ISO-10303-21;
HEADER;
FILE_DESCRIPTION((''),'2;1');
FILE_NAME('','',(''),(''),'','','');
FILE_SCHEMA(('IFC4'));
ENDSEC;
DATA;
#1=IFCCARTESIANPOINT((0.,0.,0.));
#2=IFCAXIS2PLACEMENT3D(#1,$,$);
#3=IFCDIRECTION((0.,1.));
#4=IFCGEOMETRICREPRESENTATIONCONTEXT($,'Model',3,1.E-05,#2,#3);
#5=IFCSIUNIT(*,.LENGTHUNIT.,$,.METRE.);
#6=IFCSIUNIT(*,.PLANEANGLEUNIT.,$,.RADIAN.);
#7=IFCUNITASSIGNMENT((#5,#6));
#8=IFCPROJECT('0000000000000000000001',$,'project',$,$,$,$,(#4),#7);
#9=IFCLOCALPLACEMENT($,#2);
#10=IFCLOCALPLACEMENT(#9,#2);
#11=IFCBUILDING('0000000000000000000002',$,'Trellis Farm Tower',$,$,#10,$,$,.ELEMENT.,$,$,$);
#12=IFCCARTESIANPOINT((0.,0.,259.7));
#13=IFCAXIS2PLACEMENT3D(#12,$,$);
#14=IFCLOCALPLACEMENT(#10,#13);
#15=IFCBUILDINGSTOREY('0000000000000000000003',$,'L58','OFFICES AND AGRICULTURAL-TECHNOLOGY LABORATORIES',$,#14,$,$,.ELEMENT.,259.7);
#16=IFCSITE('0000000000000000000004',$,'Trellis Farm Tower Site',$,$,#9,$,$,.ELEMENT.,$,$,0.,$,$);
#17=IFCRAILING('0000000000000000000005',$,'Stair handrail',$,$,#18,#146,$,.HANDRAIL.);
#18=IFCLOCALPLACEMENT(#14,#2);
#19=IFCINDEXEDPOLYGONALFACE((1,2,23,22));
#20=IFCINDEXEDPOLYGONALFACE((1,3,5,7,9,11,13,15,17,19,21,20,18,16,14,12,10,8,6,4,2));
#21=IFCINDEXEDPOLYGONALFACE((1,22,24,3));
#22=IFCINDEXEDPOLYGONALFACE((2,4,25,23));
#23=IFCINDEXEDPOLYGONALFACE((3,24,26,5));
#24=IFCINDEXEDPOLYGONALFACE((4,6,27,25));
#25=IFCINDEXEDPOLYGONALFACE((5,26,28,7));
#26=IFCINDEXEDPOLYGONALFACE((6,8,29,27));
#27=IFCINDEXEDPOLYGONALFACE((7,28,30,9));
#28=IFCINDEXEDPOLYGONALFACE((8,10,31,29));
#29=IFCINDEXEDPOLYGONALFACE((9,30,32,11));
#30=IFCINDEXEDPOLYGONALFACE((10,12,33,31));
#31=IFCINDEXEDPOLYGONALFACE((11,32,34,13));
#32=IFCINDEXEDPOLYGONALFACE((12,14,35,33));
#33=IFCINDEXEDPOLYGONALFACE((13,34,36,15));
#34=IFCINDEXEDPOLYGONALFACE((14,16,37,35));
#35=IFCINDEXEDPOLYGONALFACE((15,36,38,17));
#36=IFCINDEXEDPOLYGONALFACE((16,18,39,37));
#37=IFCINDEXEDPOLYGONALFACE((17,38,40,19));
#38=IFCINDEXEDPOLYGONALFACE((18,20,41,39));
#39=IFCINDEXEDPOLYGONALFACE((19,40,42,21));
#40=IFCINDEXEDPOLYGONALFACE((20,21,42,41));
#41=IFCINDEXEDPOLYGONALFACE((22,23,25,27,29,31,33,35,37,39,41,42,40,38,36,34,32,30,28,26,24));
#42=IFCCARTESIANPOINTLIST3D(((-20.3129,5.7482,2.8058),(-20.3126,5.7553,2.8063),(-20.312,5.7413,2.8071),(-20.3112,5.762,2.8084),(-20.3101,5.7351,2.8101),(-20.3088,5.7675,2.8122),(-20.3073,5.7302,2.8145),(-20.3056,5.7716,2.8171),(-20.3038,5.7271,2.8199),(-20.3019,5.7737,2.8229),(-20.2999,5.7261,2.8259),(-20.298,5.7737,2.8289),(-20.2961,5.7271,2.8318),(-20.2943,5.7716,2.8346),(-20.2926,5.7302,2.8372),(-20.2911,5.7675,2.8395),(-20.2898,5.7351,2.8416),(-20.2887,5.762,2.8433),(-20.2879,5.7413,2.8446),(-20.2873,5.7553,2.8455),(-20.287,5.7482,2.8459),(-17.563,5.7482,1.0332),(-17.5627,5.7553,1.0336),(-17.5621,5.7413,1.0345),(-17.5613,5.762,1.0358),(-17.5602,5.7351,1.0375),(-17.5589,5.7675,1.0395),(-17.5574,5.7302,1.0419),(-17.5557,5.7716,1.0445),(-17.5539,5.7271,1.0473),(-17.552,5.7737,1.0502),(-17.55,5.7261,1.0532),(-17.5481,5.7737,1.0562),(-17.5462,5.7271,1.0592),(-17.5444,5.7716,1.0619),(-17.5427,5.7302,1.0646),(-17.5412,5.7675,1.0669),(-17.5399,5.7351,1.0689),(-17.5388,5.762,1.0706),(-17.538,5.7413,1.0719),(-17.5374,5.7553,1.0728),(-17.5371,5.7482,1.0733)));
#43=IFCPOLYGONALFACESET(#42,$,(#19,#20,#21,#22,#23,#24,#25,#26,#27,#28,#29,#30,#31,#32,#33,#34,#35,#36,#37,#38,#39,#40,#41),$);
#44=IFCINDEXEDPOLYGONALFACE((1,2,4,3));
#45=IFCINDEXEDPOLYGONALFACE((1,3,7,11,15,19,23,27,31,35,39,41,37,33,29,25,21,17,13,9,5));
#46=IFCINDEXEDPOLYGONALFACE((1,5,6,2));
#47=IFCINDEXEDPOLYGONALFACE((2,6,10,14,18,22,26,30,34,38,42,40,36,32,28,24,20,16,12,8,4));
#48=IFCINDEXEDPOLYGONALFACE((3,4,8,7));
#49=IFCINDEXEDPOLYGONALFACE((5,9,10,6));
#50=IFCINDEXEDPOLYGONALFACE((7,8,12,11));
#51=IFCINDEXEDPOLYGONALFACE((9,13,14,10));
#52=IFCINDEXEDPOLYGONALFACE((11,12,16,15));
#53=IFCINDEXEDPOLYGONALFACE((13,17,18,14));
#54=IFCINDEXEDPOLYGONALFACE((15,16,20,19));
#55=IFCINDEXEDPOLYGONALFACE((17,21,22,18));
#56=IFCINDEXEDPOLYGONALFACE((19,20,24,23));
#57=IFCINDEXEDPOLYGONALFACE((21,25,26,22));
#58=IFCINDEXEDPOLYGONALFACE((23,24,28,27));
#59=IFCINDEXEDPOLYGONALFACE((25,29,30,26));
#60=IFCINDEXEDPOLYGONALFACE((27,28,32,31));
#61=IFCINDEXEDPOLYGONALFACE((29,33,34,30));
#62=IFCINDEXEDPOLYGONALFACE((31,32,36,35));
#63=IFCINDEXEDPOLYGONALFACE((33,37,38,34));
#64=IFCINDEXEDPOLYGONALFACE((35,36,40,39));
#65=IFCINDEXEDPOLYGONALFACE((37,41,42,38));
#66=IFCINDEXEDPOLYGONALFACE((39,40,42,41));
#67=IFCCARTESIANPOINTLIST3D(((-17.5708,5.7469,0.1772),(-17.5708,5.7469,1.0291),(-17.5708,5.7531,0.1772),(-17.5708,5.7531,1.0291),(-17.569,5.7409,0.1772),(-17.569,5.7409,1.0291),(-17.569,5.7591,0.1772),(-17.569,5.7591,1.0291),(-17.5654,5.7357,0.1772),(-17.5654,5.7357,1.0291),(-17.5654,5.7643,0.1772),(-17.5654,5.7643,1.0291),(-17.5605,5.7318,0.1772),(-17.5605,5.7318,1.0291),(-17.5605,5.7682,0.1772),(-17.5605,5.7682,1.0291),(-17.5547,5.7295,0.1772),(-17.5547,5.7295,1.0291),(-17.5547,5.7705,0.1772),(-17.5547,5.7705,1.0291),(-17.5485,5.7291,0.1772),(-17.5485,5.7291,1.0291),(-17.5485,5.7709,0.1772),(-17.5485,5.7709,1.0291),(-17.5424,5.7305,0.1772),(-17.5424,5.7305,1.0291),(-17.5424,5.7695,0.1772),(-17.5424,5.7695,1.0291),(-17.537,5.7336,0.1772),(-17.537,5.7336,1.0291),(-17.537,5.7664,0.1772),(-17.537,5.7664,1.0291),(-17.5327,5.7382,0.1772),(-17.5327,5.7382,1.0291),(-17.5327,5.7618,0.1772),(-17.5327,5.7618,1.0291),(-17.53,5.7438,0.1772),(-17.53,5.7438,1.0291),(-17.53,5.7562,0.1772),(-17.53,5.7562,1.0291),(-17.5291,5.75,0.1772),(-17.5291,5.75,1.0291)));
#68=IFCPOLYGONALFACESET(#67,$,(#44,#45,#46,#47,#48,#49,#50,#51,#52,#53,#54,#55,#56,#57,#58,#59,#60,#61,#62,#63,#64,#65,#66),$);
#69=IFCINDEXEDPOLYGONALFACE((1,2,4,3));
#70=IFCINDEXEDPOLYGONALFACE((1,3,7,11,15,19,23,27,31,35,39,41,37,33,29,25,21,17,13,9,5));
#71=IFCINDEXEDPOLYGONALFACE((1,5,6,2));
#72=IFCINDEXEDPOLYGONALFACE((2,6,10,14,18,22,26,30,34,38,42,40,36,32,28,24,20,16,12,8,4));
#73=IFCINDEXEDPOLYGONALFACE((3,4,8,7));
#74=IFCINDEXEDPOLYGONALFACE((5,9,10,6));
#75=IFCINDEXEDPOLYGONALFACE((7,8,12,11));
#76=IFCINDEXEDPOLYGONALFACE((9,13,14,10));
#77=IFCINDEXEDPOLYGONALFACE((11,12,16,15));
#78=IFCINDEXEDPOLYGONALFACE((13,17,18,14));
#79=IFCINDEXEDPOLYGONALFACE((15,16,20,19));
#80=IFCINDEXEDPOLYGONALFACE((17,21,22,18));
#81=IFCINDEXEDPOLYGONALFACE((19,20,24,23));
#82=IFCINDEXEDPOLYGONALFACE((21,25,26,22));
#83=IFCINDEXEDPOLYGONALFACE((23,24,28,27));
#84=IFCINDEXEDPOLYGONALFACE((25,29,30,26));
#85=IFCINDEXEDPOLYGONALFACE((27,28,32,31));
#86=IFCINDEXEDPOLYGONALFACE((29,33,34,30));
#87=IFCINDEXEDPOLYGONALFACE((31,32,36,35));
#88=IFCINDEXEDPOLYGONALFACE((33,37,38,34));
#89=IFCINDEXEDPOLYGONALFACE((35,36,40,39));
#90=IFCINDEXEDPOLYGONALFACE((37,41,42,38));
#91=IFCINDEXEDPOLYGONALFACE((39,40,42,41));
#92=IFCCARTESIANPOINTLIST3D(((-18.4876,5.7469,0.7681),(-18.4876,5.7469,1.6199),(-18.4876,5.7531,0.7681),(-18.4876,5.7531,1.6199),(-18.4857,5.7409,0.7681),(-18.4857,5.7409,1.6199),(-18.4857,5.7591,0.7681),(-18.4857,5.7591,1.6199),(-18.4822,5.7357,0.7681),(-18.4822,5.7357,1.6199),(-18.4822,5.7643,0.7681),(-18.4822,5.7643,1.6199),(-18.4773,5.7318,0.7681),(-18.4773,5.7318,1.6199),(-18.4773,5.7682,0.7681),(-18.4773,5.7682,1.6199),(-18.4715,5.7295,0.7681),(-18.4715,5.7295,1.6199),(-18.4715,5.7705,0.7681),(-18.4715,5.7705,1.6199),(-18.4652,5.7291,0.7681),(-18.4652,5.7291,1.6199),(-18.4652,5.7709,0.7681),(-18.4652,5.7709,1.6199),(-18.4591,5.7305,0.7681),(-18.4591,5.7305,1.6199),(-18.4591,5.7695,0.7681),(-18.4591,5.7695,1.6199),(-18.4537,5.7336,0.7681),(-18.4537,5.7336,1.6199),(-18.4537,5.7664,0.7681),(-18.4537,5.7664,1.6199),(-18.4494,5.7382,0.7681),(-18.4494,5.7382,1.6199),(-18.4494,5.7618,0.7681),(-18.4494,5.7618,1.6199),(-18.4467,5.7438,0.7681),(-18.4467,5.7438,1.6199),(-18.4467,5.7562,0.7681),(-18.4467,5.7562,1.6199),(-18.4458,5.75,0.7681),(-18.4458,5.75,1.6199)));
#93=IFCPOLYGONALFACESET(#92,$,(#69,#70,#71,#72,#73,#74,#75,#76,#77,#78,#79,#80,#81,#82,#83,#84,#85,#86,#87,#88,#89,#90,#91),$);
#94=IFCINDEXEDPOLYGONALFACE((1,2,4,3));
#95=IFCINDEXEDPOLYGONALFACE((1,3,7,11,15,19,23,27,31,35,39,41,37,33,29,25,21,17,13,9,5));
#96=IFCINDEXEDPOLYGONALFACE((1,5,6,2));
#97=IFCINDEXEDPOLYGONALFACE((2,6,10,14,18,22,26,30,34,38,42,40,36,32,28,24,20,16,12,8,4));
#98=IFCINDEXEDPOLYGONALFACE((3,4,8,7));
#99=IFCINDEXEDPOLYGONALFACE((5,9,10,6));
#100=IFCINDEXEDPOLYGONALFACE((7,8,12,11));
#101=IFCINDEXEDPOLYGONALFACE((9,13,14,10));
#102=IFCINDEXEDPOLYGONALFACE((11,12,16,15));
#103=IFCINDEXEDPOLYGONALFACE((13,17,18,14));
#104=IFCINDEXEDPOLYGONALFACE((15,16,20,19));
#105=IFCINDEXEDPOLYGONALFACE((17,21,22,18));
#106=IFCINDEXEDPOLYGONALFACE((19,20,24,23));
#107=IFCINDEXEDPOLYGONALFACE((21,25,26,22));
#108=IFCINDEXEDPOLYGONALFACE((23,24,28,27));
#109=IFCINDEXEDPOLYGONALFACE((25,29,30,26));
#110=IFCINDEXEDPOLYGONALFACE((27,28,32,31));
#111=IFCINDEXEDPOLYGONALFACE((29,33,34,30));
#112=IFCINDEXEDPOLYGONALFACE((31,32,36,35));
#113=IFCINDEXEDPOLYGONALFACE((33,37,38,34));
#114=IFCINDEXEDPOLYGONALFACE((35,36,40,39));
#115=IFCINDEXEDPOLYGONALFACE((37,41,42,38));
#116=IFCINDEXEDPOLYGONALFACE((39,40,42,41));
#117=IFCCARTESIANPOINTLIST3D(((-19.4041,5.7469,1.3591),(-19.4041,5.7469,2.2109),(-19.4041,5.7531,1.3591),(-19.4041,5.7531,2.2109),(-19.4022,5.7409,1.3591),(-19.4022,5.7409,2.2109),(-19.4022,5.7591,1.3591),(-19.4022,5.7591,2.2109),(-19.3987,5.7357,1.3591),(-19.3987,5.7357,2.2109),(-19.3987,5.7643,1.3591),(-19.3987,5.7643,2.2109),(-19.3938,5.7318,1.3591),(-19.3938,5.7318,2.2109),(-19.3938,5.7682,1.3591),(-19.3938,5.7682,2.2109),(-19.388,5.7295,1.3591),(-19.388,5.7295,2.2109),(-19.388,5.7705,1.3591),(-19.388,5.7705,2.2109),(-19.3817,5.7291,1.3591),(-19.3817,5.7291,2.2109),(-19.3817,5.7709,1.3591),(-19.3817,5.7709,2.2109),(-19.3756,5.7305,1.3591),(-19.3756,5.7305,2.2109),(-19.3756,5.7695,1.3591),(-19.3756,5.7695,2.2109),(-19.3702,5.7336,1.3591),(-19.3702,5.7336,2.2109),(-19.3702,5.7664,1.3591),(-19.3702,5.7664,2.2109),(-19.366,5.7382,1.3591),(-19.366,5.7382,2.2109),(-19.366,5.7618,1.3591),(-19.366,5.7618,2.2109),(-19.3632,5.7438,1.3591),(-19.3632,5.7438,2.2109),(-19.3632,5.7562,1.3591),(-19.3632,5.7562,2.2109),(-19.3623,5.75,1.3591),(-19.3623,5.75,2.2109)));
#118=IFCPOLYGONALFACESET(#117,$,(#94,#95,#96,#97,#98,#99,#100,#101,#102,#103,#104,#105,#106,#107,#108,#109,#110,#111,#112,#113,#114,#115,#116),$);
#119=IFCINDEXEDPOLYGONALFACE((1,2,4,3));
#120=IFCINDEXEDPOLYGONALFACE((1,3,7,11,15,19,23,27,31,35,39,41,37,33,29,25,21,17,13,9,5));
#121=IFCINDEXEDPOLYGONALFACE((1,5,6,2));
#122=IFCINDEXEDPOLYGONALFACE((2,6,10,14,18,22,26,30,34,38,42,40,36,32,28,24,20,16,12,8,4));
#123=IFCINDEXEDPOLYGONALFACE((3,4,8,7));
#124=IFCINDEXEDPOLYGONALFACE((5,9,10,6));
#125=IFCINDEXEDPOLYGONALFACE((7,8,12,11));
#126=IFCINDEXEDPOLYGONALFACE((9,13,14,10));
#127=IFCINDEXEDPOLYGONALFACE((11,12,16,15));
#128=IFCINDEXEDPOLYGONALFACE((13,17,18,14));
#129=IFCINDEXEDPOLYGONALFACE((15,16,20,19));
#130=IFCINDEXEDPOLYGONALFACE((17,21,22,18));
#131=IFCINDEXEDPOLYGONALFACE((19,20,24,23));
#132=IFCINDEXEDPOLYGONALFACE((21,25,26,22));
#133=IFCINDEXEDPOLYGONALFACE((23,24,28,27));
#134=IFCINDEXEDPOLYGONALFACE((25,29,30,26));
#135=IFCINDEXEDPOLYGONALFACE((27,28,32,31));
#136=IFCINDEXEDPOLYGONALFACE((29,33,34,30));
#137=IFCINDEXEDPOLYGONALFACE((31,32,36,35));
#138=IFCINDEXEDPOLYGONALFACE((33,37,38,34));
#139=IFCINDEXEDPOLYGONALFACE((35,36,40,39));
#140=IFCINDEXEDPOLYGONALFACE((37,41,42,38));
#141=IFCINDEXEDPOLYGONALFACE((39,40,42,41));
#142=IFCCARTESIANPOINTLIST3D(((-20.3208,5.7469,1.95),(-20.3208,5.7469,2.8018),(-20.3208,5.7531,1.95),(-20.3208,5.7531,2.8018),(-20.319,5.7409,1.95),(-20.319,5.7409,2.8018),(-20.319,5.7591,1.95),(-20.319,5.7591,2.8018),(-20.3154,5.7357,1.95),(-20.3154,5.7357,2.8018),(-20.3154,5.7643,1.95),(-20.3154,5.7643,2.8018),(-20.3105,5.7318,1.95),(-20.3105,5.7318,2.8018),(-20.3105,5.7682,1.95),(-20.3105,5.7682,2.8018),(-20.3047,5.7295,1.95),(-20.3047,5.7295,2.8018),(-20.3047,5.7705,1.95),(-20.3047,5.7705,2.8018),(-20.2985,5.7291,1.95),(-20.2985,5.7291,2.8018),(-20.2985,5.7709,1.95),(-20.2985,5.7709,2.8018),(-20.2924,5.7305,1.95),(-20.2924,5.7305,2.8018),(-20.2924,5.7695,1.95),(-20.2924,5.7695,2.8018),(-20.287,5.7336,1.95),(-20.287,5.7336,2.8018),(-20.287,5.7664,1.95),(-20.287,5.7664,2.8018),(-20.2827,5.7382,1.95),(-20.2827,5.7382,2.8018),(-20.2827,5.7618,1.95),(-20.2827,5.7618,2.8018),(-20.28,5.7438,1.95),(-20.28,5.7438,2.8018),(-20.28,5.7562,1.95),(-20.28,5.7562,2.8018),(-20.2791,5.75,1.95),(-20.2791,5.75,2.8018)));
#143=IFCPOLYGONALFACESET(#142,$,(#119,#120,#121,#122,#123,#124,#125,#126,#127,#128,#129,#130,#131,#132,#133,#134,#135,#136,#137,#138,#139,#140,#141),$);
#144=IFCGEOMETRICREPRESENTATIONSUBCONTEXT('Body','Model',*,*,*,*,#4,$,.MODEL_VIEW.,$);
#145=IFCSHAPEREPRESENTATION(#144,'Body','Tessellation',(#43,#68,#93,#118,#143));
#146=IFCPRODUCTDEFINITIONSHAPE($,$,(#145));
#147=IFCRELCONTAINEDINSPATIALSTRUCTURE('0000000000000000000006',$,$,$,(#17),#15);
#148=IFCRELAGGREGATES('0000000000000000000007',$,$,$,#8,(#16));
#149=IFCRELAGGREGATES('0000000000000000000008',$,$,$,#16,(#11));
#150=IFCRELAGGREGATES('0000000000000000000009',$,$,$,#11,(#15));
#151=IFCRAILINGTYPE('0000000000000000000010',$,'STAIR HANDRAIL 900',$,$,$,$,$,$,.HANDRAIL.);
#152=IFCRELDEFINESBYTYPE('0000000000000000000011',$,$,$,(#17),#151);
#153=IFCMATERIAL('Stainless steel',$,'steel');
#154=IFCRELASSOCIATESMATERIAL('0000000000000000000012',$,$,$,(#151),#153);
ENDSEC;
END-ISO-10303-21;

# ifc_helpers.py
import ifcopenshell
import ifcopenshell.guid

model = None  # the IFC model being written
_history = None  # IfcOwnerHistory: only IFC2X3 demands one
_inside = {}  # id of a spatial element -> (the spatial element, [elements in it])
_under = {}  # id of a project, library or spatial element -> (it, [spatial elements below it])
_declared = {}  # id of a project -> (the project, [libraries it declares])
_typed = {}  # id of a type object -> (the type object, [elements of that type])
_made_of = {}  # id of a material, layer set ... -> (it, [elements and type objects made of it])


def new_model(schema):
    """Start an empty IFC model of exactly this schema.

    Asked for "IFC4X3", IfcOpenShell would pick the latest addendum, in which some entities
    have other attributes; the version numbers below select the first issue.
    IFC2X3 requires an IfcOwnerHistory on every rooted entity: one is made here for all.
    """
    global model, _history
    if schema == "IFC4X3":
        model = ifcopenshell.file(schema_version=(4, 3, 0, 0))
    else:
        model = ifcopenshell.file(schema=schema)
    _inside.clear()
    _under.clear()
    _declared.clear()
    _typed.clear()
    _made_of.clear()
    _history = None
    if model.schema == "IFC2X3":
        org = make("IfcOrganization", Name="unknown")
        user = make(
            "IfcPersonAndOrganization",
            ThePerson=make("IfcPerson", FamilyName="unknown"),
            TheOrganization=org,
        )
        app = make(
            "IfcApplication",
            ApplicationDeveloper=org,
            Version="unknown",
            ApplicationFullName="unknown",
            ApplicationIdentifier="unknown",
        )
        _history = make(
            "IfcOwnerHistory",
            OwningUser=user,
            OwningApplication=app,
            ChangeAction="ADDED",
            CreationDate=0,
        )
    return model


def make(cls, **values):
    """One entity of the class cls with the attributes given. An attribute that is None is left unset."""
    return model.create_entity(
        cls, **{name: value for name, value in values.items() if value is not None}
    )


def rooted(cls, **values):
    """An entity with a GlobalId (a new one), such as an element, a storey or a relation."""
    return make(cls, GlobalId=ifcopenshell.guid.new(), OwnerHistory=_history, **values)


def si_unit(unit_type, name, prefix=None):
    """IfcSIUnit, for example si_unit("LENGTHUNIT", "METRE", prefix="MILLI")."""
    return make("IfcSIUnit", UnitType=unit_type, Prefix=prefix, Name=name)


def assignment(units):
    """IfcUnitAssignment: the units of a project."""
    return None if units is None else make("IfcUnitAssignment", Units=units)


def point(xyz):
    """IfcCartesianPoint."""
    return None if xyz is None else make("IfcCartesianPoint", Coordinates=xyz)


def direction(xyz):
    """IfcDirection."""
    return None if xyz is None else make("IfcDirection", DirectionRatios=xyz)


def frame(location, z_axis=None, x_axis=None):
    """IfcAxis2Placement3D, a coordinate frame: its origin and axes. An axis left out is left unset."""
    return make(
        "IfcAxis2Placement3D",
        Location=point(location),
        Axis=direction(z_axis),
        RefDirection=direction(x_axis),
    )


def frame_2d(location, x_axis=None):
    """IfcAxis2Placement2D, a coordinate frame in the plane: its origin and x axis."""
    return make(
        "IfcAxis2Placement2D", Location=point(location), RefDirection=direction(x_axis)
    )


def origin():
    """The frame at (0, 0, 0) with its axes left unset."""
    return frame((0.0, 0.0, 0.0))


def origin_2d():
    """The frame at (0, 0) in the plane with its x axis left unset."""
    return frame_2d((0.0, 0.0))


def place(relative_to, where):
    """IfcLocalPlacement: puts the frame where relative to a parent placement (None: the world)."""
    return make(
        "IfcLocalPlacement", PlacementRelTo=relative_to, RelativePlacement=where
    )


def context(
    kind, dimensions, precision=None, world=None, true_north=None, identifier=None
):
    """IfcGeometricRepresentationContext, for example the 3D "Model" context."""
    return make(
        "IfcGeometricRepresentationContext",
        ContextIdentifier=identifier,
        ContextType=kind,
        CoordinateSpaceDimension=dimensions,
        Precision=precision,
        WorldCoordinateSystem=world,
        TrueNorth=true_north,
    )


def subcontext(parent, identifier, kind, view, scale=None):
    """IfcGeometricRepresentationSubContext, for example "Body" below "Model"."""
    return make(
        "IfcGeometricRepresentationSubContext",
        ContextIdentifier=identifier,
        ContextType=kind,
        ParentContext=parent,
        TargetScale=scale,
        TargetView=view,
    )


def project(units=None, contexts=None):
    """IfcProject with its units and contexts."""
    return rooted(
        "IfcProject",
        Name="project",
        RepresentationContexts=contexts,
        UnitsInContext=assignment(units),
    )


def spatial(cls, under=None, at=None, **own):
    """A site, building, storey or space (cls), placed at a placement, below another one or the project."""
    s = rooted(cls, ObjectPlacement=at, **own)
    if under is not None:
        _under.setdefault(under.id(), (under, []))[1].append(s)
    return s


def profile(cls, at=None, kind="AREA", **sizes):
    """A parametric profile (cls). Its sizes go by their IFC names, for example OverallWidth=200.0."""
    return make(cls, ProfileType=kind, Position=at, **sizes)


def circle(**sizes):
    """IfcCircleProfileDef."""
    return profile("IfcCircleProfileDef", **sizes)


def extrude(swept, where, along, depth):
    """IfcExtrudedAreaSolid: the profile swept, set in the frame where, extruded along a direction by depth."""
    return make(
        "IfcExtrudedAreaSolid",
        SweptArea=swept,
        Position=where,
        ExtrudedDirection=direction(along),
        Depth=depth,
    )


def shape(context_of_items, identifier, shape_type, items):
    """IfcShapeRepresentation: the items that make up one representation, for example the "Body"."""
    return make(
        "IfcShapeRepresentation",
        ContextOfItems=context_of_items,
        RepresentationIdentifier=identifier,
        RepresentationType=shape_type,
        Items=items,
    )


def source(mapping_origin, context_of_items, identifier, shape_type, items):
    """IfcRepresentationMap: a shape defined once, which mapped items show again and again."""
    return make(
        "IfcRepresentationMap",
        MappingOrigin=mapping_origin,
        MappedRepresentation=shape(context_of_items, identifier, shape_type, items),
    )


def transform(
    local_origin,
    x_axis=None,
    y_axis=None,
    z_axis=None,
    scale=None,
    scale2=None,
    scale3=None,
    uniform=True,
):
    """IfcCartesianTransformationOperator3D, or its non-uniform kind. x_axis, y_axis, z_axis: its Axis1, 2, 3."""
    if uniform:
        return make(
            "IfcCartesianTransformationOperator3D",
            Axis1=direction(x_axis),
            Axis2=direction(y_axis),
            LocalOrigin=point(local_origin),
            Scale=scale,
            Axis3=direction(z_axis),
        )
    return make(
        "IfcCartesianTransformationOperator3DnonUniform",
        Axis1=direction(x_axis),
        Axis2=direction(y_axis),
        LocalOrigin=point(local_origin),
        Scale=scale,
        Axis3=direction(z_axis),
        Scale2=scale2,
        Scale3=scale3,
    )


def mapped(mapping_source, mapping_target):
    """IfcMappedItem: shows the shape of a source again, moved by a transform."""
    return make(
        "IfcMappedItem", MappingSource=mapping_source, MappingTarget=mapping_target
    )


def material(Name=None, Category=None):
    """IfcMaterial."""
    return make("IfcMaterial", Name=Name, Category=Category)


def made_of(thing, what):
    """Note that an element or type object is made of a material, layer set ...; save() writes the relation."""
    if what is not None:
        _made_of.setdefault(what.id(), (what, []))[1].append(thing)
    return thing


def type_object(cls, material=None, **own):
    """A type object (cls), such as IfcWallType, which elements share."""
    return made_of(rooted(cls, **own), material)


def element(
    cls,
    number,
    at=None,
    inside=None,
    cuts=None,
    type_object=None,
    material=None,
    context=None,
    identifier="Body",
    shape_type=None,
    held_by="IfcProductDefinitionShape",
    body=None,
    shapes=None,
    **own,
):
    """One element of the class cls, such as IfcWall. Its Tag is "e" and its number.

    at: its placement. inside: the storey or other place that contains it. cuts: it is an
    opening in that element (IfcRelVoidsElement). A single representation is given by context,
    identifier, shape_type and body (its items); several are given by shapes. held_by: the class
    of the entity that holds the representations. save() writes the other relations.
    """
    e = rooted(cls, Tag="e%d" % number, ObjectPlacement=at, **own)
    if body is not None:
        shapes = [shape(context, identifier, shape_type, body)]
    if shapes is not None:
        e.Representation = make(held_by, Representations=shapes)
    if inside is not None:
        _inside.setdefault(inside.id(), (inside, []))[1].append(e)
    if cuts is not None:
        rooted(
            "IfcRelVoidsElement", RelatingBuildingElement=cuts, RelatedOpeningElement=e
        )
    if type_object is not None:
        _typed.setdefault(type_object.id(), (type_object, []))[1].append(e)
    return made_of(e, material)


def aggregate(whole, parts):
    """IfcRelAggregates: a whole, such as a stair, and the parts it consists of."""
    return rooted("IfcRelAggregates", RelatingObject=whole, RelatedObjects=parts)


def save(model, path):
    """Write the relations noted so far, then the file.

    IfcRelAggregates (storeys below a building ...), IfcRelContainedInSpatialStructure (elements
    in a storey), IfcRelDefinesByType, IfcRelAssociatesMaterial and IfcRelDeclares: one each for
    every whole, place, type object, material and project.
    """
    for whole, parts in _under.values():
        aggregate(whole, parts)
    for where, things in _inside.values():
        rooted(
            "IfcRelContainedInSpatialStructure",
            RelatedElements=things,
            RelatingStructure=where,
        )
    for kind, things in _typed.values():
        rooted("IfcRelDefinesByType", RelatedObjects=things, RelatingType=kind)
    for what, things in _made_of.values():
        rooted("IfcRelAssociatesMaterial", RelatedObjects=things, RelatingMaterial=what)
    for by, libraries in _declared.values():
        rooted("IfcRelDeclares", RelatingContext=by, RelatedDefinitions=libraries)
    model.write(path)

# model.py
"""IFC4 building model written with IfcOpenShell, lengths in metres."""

from ifc_helpers import new_model, si_unit, direction, frame, origin, origin_2d, place, context, subcontext, project, spatial, circle, extrude, source, transform, mapped, material, type_object, element, save


model = new_model("IFC4")

# Units and contexts
model_context = context("Model", 3, precision=1e-05, world=origin(), true_north=direction((0.0, 1.0)))
body_context = subcontext(model_context, "Body", "Model", "MODEL_VIEW")
ifc_project = project(units=[si_unit("LENGTHUNIT", "METRE"), si_unit("PLANEANGLEUNIT", "RADIAN")], contexts=[model_context])

# Site, building, storey
site_placement = place(None, origin())
site = spatial("IfcSite", under=ifc_project, at=site_placement, Name="Trellis Farm Tower Site", CompositionType="ELEMENT", RefElevation=0.0)
building_placement = place(site_placement, origin())
building = spatial("IfcBuilding", under=site, at=building_placement, Name="Trellis Farm Tower", CompositionType="ELEMENT")
storey_placement = place(building_placement, frame((0.0, 0.0, 259.7)))
storey = spatial("IfcBuildingStorey", under=building, at=storey_placement, Name="L58", Description="OFFICES AND AGRICULTURAL-TECHNOLOGY LABORATORIES", CompositionType="ELEMENT", Elevation=259.7)

# Railing
ifc_material_1 = material(Name="Stainless steel", Category="steel")
railing_type = type_object("IfcRailingType", Name="STAIR HANDRAIL 900", PredefinedType="HANDRAIL", material=ifc_material_1)
shared_shape_1 = source(origin(), body_context, "Body", "SweptSolid", [
    extrude(circle(Radius=0.0239, at=origin_2d()), frame((0.0, 0.0, 0.876), z_axis=(-0.840504, 0.0, 0.541806), x_axis=(0.0, -1.0, 0.0)), (0.0, 0.0, 1.0), 3.2717),
    extrude(circle(Radius=0.021, at=origin_2d()), origin(), (0.0, 0.0, 1.0), 0.8518),
    extrude(circle(Radius=0.021, at=origin_2d()), frame((-0.9167, 0.0, 0.5908)), (0.0, 0.0, 1.0), 0.8518),
    extrude(circle(Radius=0.021, at=origin_2d()), frame((-1.8333, 0.0, 1.1819)), (0.0, 0.0, 1.0), 0.8518),
    extrude(circle(Radius=0.021, at=origin_2d()), frame((-2.75, 0.0, 1.7727)), (0.0, 0.0, 1.0), 0.8518),
])
for number, where, name in (
    (1, (-17.55, 5.75, 0.1772), "Stair handrail"),
):
    element("IfcRailing", number, at=place(storey_placement, frame(where)), inside=storey, type_object=railing_type, Name=name, PredefinedType="HANDRAIL", context=body_context, shape_type="MappedRepresentation", body=[
        mapped(shared_shape_1, transform((0.0, 0.0, 0.0))),
    ])

save(model, "model.ifc")
